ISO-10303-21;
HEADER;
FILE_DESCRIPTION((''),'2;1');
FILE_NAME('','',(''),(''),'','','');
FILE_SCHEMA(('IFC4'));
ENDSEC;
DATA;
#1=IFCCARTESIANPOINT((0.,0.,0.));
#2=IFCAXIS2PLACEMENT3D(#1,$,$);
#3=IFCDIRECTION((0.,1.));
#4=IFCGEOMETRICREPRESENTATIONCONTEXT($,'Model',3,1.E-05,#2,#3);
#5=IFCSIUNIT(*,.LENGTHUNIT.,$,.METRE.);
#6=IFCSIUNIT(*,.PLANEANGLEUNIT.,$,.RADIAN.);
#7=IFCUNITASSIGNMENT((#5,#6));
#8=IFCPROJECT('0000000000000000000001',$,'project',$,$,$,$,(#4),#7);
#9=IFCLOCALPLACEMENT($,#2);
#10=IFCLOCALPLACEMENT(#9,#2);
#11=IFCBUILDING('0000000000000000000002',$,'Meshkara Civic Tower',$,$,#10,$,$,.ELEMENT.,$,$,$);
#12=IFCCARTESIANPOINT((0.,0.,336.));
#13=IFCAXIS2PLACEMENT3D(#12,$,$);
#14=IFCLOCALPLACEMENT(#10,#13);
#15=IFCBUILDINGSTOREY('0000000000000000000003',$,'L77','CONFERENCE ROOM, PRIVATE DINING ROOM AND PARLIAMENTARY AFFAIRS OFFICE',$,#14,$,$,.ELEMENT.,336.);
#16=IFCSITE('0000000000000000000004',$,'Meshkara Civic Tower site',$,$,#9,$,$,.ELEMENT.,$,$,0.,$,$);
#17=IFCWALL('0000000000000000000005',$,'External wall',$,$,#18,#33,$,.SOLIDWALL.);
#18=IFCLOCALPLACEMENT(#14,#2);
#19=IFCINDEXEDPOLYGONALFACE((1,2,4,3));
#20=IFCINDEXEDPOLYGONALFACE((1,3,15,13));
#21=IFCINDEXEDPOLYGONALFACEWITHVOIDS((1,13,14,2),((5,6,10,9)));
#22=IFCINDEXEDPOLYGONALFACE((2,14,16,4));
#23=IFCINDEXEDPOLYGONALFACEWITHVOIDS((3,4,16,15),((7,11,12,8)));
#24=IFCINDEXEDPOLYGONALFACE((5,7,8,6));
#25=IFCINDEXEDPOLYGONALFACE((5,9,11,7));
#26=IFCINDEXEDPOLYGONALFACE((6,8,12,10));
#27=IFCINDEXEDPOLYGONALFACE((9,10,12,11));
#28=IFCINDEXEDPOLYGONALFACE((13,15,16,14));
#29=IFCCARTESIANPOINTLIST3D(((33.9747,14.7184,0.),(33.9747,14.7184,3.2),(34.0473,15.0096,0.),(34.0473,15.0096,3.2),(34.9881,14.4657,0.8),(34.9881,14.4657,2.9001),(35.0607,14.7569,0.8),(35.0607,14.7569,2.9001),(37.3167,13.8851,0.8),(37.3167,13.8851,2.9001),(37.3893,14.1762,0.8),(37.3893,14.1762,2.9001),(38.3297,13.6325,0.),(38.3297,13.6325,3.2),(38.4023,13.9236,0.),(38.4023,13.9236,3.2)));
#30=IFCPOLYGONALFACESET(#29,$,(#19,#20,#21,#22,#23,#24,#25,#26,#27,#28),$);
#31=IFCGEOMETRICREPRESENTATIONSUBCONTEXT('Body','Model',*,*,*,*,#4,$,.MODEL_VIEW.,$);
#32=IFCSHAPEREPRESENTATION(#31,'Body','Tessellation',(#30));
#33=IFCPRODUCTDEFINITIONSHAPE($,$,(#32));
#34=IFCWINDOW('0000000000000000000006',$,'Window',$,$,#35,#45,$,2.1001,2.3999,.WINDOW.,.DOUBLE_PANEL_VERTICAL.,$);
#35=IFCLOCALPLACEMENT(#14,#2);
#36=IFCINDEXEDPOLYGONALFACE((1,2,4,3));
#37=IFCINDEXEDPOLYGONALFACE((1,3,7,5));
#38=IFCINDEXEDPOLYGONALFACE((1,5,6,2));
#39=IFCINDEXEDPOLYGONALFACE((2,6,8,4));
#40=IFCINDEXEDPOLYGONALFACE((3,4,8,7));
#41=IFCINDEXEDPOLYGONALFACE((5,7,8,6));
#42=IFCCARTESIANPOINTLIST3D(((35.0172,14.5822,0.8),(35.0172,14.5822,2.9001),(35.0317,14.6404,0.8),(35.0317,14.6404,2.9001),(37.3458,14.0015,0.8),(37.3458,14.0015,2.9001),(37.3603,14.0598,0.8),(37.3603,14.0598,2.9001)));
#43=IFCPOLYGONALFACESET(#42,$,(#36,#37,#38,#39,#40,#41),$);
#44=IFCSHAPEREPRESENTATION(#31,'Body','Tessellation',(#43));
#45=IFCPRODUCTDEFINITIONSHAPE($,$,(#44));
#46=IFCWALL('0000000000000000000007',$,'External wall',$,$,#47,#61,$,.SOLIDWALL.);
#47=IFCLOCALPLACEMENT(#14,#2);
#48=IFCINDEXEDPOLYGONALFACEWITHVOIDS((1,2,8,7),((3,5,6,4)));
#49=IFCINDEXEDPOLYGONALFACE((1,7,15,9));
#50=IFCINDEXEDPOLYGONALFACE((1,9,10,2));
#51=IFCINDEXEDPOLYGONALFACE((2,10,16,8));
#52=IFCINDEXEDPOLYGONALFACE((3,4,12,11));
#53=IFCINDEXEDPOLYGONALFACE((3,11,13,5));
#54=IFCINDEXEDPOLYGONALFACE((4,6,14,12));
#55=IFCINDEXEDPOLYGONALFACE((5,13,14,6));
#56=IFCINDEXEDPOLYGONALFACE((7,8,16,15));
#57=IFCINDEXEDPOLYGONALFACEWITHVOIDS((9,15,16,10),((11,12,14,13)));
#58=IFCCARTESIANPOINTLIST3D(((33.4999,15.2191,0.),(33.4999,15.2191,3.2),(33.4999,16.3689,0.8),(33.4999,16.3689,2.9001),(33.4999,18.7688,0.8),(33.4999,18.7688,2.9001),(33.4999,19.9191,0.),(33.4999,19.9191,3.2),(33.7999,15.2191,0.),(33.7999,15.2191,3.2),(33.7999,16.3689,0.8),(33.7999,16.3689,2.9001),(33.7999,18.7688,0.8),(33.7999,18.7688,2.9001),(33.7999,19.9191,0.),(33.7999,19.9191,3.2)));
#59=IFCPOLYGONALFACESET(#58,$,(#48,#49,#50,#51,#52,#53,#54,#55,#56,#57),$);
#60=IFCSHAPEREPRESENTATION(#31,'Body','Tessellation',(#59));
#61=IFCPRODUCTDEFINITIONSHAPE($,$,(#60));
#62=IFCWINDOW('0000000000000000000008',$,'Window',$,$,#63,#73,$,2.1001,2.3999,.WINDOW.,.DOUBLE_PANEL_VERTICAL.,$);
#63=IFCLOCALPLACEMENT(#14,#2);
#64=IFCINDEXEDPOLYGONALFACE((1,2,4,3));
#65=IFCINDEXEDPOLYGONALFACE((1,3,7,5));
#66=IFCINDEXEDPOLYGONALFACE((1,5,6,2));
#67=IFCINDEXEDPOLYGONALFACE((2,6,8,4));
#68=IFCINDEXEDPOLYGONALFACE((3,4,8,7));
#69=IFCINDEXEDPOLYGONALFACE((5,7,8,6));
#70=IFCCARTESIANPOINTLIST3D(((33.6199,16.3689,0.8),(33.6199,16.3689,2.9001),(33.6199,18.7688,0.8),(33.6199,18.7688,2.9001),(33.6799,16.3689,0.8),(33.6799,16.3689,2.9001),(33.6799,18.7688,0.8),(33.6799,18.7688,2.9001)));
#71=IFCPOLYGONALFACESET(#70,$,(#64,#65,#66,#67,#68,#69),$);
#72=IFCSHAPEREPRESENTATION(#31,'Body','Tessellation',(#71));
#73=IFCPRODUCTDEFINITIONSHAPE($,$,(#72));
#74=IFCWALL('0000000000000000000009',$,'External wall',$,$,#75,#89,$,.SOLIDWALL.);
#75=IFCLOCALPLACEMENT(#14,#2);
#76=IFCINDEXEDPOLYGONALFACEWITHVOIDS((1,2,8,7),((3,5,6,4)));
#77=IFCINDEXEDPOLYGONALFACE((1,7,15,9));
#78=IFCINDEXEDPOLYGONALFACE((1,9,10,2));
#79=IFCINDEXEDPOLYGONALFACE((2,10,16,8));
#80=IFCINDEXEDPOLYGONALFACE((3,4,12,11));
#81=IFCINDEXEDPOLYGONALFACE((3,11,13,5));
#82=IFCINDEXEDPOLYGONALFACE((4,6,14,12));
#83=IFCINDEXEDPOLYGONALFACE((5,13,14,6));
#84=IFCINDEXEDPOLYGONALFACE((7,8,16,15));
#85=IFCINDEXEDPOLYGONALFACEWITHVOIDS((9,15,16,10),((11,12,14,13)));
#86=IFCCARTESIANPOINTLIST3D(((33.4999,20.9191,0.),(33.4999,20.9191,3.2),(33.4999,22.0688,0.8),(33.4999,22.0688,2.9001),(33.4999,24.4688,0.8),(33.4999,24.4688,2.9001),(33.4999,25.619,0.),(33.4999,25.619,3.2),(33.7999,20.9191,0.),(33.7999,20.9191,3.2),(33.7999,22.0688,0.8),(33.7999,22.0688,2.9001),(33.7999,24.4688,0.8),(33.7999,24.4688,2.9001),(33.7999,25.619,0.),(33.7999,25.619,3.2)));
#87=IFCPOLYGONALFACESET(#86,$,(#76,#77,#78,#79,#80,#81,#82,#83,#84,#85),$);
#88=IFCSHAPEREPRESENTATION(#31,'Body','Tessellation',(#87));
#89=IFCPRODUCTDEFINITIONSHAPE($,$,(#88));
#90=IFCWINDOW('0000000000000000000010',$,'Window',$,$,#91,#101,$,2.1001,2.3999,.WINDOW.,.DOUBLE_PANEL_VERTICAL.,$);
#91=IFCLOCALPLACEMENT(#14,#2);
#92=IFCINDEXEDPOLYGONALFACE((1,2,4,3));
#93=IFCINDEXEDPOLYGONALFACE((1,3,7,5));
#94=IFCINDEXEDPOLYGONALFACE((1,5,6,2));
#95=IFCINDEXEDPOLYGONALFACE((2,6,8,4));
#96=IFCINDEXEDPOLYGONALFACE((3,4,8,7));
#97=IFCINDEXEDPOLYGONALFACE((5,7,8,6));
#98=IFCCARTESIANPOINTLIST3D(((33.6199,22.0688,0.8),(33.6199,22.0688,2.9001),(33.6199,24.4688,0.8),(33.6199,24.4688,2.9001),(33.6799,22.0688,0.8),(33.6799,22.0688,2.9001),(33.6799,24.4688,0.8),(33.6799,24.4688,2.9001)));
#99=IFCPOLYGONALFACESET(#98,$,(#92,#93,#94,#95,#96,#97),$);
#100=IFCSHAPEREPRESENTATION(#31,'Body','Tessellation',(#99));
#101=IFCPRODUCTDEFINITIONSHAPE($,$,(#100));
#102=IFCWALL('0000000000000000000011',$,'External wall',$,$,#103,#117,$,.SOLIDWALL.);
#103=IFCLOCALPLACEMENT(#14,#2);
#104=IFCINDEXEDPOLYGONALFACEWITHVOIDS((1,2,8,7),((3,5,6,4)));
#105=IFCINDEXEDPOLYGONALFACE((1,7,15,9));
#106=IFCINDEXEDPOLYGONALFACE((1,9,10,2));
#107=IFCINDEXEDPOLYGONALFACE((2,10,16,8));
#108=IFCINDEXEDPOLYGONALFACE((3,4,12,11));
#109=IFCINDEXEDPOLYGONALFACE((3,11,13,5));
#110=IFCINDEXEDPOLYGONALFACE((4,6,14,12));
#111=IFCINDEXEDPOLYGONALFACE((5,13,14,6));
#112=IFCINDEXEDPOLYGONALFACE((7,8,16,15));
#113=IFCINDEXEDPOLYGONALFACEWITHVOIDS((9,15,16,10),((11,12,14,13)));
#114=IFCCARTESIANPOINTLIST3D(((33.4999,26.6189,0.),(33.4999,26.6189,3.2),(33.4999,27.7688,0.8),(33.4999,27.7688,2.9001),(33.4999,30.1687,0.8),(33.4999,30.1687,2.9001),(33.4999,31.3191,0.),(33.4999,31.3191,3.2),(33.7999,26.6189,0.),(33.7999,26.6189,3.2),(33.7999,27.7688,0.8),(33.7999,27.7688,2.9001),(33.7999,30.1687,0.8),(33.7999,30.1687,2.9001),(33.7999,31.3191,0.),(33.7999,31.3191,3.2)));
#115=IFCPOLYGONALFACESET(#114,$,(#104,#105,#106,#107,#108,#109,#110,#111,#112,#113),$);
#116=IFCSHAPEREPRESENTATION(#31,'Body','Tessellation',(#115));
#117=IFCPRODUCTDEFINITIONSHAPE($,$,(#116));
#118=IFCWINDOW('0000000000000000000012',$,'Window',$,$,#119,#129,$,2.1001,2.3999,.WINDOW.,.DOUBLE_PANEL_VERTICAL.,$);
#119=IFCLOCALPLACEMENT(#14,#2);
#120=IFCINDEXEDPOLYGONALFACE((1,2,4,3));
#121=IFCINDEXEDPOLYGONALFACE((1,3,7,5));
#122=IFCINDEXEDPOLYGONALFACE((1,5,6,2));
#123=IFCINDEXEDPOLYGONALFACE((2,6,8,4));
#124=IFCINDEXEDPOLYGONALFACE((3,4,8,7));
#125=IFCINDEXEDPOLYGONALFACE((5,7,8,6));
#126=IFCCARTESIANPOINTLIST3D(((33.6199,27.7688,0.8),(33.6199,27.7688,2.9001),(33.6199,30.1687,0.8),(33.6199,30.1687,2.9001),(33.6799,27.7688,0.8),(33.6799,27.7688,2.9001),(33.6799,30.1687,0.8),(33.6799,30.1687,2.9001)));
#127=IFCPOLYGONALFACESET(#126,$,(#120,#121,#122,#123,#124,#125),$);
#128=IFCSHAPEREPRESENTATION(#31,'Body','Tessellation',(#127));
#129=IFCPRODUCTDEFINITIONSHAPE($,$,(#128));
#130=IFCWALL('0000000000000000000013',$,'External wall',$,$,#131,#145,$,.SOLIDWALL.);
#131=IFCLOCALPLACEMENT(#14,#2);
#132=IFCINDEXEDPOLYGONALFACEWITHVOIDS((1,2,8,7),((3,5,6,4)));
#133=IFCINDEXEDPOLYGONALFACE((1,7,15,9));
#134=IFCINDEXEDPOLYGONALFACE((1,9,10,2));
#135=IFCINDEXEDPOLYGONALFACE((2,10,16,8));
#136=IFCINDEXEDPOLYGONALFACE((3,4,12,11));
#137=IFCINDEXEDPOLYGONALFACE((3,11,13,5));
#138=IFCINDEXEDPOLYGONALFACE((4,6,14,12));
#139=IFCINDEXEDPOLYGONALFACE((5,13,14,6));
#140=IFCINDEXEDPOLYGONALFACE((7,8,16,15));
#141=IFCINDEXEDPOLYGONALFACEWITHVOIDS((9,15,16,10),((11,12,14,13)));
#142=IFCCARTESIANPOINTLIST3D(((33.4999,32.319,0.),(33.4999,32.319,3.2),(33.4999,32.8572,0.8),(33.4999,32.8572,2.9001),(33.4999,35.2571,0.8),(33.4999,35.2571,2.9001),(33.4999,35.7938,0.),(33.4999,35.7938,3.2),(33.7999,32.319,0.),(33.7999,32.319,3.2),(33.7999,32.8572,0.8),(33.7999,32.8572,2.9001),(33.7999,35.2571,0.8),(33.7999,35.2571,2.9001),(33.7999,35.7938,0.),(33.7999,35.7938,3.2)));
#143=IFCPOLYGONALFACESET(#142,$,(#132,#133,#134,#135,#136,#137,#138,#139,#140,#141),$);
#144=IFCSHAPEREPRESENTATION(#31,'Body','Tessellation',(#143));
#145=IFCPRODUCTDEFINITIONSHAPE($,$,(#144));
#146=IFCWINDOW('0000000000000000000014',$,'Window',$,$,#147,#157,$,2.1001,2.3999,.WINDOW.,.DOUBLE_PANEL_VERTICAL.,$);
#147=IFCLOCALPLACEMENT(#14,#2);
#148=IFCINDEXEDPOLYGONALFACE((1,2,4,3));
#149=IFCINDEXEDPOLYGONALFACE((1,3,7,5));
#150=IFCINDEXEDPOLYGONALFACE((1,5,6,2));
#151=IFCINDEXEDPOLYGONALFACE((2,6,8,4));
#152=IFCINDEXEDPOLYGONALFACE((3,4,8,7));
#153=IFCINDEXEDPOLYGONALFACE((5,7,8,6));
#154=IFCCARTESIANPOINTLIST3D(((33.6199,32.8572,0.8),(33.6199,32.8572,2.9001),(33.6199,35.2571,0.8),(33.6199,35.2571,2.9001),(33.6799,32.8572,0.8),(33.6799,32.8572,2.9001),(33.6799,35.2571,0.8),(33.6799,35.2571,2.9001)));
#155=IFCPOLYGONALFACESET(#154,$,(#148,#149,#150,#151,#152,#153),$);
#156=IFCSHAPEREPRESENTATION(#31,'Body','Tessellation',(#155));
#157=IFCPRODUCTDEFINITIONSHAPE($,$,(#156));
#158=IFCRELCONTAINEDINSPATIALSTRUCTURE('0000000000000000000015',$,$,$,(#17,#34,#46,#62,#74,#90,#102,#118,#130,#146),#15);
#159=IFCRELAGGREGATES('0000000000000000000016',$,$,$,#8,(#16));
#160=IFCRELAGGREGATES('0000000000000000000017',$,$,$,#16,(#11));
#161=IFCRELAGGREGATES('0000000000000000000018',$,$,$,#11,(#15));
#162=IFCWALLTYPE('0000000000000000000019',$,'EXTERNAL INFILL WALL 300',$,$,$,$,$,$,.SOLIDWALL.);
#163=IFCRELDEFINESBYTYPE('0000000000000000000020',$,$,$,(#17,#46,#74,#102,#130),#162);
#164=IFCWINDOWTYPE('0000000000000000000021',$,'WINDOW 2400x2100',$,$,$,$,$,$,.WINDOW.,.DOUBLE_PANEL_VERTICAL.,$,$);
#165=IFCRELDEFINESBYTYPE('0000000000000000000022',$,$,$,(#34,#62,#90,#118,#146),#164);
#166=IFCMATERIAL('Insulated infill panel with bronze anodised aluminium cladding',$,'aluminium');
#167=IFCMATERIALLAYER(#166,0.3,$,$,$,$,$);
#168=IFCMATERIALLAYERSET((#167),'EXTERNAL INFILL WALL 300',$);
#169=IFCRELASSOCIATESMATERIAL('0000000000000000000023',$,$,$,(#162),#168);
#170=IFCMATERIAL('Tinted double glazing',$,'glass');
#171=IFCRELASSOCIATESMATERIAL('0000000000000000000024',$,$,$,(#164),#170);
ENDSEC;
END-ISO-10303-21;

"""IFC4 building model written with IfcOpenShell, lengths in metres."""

from ifc_helpers import new_model, si_unit, direction, frame, frame_2d, origin, place, context, subcontext, project, spatial, rectangle, extrude, material, layer, layer_set, type_object, element, fill, save


model = new_model("IFC4")

# Units and contexts
model_context = context("Model", 3, precision=1e-05, world=origin(), true_north=direction((0.0, 1.0)))
body_context = subcontext(model_context, "Body", "Model", "MODEL_VIEW")
ifc_project = project(units=[si_unit("LENGTHUNIT", "METRE"), si_unit("PLANEANGLEUNIT", "RADIAN")], contexts=[model_context])

# Site, building, storey
site_placement = place(None, origin())
site = spatial("IfcSite", under=ifc_project, at=site_placement, Name="Meshkara Civic Tower site", CompositionType="ELEMENT", RefElevation=0.0)
building_placement = place(site_placement, origin())
building = spatial("IfcBuilding", under=site, at=building_placement, Name="Meshkara Civic Tower", CompositionType="ELEMENT")
storey_placement = place(building_placement, frame((0.0, 0.0, 336.0)))
storey = spatial("IfcBuildingStorey", under=building, at=storey_placement, Name="L77", Description="CONFERENCE ROOM, PRIVATE DINING ROOM AND PARLIAMENTARY AFFAIRS OFFICE", CompositionType="ELEMENT", Elevation=336.0)

# Walls, openings, windows
ifc_material_1 = material(Name="Insulated infill panel with bronze anodised aluminium cladding", Category="aluminium")
ifc_layer_1 = layer(ifc_material_1, 0.3)
ifc_layer_set_1 = layer_set([ifc_layer_1], Name="EXTERNAL INFILL WALL 300")
wall_type_1 = type_object("IfcWallType", Name="EXTERNAL INFILL WALL 300", PredefinedType="SOLIDWALL", material=ifc_layer_set_1)
ifc_material_2 = material(Name="Tinted double glazing", Category="glass")
window_type = type_object("IfcWindowType", Name="WINDOW 2400x2100", PartitioningType="DOUBLE_PANEL_VERTICAL", PredefinedType="WINDOW", material=ifc_material_2)
wall_1_placement = place(storey_placement, frame((38.366, 13.7781, 0.0), z_axis=(0.0, 0.0, 1.0), x_axis=(-0.97029, 0.241947, 0.0)))
wall_1 = element("IfcWall", 1, at=wall_1_placement, inside=storey, type_object=wall_type_1, Name="External wall", PredefinedType="SOLIDWALL", context=body_context, shape_type="SweptSolid", body=[
    extrude(rectangle(XDim=4.4883, YDim=0.3, at=frame_2d((2.2441, 0.0))), origin(), (0.0, 0.0, 1.0), 3.2),
])
opening_1_placement = place(wall_1_placement, frame((1.0439, 0.0, 0.8)))
opening_1 = element("IfcOpeningElement", 2, at=opening_1_placement, cuts=wall_1, PredefinedType="OPENING", context=body_context, shape_type="SweptSolid", body=[
    extrude(rectangle(XDim=2.3999, YDim=2.1001, at=frame_2d((1.2, 1.05))), frame((0.0, 0.1599, 0.0), z_axis=(0.0, -1.0, 0.0), x_axis=(1.0, 0.0, 0.0)), (0.0, 0.0, 1.0), 0.3201),
])
window_1_placement = place(opening_1_placement, origin())
window_1 = element("IfcWindow", 3, at=window_1_placement, inside=storey, type_object=window_type, Name="Window", OverallHeight=2.1001, OverallWidth=2.3999, PartitioningType="DOUBLE_PANEL_VERTICAL", PredefinedType="WINDOW", context=body_context, shape_type="SweptSolid", body=[
    extrude(rectangle(XDim=2.3999, YDim=2.1001, at=frame_2d((1.2, 1.05))), frame((0.0, 0.03, 0.0), z_axis=(0.0, -1.0, 0.0), x_axis=(1.0, 0.0, 0.0)), (0.0, 0.0, 1.0), 0.0601),
])
fill(opening_1, window_1)
wall_2_placement = place(storey_placement, frame((33.6499, 15.219, 0.0), z_axis=(0.0, 0.0, 1.0), x_axis=(0.0, 1.0, 0.0)))
wall_2 = element("IfcWall", 4, at=wall_2_placement, inside=storey, type_object=wall_type_1, Name="External wall", PredefinedType="SOLIDWALL", context=body_context, shape_type="SweptSolid", body=[
    extrude(rectangle(XDim=4.7, YDim=0.3, at=frame_2d((2.3501, 0.0))), origin(), (0.0, 0.0, 1.0), 3.2),
])
opening_2_placement = place(wall_2_placement, frame((1.1499, 0.0, 0.8)))
opening_2 = element("IfcOpeningElement", 5, at=opening_2_placement, cuts=wall_2, PredefinedType="OPENING", context=body_context, shape_type="SweptSolid", body=[
    extrude(rectangle(XDim=2.3999, YDim=2.1001, at=frame_2d((1.2, 1.05))), frame((0.0, 0.1599, 0.0), z_axis=(0.0, -1.0, 0.0), x_axis=(1.0, 0.0, 0.0)), (0.0, 0.0, 1.0), 0.3201),
])
window_2_placement = place(opening_2_placement, origin())
window_2 = element("IfcWindow", 6, at=window_2_placement, inside=storey, type_object=window_type, Name="Window", OverallHeight=2.1001, OverallWidth=2.3999, PartitioningType="DOUBLE_PANEL_VERTICAL", PredefinedType="WINDOW", context=body_context, shape_type="SweptSolid", body=[
    extrude(rectangle(XDim=2.3999, YDim=2.1001, at=frame_2d((1.2, 1.05))), frame((0.0, 0.03, 0.0), z_axis=(0.0, -1.0, 0.0), x_axis=(1.0, 0.0, 0.0)), (0.0, 0.0, 1.0), 0.0601),
])
fill(opening_2, window_2)
wall_3_placement = place(storey_placement, frame((33.6499, 20.9189, 0.0), z_axis=(0.0, 0.0, 1.0), x_axis=(0.0, 1.0, 0.0)))
wall_3 = element("IfcWall", 7, at=wall_3_placement, inside=storey, type_object=wall_type_1, Name="External wall", PredefinedType="SOLIDWALL", context=body_context, shape_type="SweptSolid", body=[
    extrude(rectangle(XDim=4.7, YDim=0.3, at=frame_2d((2.3501, 0.0))), origin(), (0.0, 0.0, 1.0), 3.2),
])
opening_3_placement = place(wall_3_placement, frame((1.1499, 0.0, 0.8)))
opening_3 = element("IfcOpeningElement", 8, at=opening_3_placement, cuts=wall_3, PredefinedType="OPENING", context=body_context, shape_type="SweptSolid", body=[
    extrude(rectangle(XDim=2.3999, YDim=2.1001, at=frame_2d((1.2, 1.05))), frame((0.0, 0.1599, 0.0), z_axis=(0.0, -1.0, 0.0), x_axis=(1.0, 0.0, 0.0)), (0.0, 0.0, 1.0), 0.3201),
])
window_3_placement = place(opening_3_placement, origin())
window_3 = element("IfcWindow", 9, at=window_3_placement, inside=storey, type_object=window_type, Name="Window", OverallHeight=2.1001, OverallWidth=2.3999, PartitioningType="DOUBLE_PANEL_VERTICAL", PredefinedType="WINDOW", context=body_context, shape_type="SweptSolid", body=[
    extrude(rectangle(XDim=2.3999, YDim=2.1001, at=frame_2d((1.2, 1.05))), frame((0.0, 0.03, 0.0), z_axis=(0.0, -1.0, 0.0), x_axis=(1.0, 0.0, 0.0)), (0.0, 0.0, 1.0), 0.0601),
])
fill(opening_3, window_3)
wall_4_placement = place(storey_placement, frame((33.6499, 26.6189, 0.0), z_axis=(0.0, 0.0, 1.0), x_axis=(0.0, 1.0, 0.0)))
wall_4 = element("IfcWall", 10, at=wall_4_placement, inside=storey, type_object=wall_type_1, Name="External wall", PredefinedType="SOLIDWALL", context=body_context, shape_type="SweptSolid", body=[
    extrude(rectangle(XDim=4.7002, YDim=0.3, at=frame_2d((2.3501, 0.0))), origin(), (0.0, 0.0, 1.0), 3.2),
])
opening_4_placement = place(wall_4_placement, frame((1.1499, 0.0, 0.8)))
opening_4 = element("IfcOpeningElement", 11, at=opening_4_placement, cuts=wall_4, PredefinedType="OPENING", context=body_context, shape_type="SweptSolid", body=[
    extrude(rectangle(XDim=2.3999, YDim=2.1001, at=frame_2d((1.2, 1.05))), frame((0.0, 0.1599, 0.0), z_axis=(0.0, -1.0, 0.0), x_axis=(1.0, 0.0, 0.0)), (0.0, 0.0, 1.0), 0.3201),
])
window_4_placement = place(opening_4_placement, origin())
window_4 = element("IfcWindow", 12, at=window_4_placement, inside=storey, type_object=window_type, Name="Window", OverallHeight=2.1001, OverallWidth=2.3999, PartitioningType="DOUBLE_PANEL_VERTICAL", PredefinedType="WINDOW", context=body_context, shape_type="SweptSolid", body=[
    extrude(rectangle(XDim=2.3999, YDim=2.1001, at=frame_2d((1.2, 1.05))), frame((0.0, 0.03, 0.0), z_axis=(0.0, -1.0, 0.0), x_axis=(1.0, 0.0, 0.0)), (0.0, 0.0, 1.0), 0.0601),
])
fill(opening_4, window_4)
wall_5_placement = place(storey_placement, frame((33.6499, 32.3191, 0.0), z_axis=(0.0, 0.0, 1.0), x_axis=(0.0, 1.0, 0.0)))
wall_5 = element("IfcWall", 13, at=wall_5_placement, inside=storey, type_object=wall_type_1, Name="External wall", PredefinedType="SOLIDWALL", context=body_context, shape_type="SweptSolid", body=[
    extrude(rectangle(XDim=3.4749, YDim=0.3, at=frame_2d((1.7373, 0.0))), origin(), (0.0, 0.0, 1.0), 3.2),
])
opening_5_placement = place(wall_5_placement, frame((0.5381, 0.0, 0.8)))
opening_5 = element("IfcOpeningElement", 14, at=opening_5_placement, cuts=wall_5, PredefinedType="OPENING", context=body_context, shape_type="SweptSolid", body=[
    extrude(rectangle(XDim=2.3999, YDim=2.1001, at=frame_2d((1.2, 1.05))), frame((0.0, 0.1599, 0.0), z_axis=(0.0, -1.0, 0.0), x_axis=(1.0, 0.0, 0.0)), (0.0, 0.0, 1.0), 0.3201),
])
window_5_placement = place(opening_5_placement, origin())
window_5 = element("IfcWindow", 15, at=window_5_placement, inside=storey, type_object=window_type, Name="Window", OverallHeight=2.1001, OverallWidth=2.3999, PartitioningType="DOUBLE_PANEL_VERTICAL", PredefinedType="WINDOW", context=body_context, shape_type="SweptSolid", body=[
    extrude(rectangle(XDim=2.3999, YDim=2.1001, at=frame_2d((1.2, 1.05))), frame((0.0, 0.03, 0.0), z_axis=(0.0, -1.0, 0.0), x_axis=(1.0, 0.0, 0.0)), (0.0, 0.0, 1.0), 0.0601),
])
fill(opening_5, window_5)

save(model, "model.ifc")
